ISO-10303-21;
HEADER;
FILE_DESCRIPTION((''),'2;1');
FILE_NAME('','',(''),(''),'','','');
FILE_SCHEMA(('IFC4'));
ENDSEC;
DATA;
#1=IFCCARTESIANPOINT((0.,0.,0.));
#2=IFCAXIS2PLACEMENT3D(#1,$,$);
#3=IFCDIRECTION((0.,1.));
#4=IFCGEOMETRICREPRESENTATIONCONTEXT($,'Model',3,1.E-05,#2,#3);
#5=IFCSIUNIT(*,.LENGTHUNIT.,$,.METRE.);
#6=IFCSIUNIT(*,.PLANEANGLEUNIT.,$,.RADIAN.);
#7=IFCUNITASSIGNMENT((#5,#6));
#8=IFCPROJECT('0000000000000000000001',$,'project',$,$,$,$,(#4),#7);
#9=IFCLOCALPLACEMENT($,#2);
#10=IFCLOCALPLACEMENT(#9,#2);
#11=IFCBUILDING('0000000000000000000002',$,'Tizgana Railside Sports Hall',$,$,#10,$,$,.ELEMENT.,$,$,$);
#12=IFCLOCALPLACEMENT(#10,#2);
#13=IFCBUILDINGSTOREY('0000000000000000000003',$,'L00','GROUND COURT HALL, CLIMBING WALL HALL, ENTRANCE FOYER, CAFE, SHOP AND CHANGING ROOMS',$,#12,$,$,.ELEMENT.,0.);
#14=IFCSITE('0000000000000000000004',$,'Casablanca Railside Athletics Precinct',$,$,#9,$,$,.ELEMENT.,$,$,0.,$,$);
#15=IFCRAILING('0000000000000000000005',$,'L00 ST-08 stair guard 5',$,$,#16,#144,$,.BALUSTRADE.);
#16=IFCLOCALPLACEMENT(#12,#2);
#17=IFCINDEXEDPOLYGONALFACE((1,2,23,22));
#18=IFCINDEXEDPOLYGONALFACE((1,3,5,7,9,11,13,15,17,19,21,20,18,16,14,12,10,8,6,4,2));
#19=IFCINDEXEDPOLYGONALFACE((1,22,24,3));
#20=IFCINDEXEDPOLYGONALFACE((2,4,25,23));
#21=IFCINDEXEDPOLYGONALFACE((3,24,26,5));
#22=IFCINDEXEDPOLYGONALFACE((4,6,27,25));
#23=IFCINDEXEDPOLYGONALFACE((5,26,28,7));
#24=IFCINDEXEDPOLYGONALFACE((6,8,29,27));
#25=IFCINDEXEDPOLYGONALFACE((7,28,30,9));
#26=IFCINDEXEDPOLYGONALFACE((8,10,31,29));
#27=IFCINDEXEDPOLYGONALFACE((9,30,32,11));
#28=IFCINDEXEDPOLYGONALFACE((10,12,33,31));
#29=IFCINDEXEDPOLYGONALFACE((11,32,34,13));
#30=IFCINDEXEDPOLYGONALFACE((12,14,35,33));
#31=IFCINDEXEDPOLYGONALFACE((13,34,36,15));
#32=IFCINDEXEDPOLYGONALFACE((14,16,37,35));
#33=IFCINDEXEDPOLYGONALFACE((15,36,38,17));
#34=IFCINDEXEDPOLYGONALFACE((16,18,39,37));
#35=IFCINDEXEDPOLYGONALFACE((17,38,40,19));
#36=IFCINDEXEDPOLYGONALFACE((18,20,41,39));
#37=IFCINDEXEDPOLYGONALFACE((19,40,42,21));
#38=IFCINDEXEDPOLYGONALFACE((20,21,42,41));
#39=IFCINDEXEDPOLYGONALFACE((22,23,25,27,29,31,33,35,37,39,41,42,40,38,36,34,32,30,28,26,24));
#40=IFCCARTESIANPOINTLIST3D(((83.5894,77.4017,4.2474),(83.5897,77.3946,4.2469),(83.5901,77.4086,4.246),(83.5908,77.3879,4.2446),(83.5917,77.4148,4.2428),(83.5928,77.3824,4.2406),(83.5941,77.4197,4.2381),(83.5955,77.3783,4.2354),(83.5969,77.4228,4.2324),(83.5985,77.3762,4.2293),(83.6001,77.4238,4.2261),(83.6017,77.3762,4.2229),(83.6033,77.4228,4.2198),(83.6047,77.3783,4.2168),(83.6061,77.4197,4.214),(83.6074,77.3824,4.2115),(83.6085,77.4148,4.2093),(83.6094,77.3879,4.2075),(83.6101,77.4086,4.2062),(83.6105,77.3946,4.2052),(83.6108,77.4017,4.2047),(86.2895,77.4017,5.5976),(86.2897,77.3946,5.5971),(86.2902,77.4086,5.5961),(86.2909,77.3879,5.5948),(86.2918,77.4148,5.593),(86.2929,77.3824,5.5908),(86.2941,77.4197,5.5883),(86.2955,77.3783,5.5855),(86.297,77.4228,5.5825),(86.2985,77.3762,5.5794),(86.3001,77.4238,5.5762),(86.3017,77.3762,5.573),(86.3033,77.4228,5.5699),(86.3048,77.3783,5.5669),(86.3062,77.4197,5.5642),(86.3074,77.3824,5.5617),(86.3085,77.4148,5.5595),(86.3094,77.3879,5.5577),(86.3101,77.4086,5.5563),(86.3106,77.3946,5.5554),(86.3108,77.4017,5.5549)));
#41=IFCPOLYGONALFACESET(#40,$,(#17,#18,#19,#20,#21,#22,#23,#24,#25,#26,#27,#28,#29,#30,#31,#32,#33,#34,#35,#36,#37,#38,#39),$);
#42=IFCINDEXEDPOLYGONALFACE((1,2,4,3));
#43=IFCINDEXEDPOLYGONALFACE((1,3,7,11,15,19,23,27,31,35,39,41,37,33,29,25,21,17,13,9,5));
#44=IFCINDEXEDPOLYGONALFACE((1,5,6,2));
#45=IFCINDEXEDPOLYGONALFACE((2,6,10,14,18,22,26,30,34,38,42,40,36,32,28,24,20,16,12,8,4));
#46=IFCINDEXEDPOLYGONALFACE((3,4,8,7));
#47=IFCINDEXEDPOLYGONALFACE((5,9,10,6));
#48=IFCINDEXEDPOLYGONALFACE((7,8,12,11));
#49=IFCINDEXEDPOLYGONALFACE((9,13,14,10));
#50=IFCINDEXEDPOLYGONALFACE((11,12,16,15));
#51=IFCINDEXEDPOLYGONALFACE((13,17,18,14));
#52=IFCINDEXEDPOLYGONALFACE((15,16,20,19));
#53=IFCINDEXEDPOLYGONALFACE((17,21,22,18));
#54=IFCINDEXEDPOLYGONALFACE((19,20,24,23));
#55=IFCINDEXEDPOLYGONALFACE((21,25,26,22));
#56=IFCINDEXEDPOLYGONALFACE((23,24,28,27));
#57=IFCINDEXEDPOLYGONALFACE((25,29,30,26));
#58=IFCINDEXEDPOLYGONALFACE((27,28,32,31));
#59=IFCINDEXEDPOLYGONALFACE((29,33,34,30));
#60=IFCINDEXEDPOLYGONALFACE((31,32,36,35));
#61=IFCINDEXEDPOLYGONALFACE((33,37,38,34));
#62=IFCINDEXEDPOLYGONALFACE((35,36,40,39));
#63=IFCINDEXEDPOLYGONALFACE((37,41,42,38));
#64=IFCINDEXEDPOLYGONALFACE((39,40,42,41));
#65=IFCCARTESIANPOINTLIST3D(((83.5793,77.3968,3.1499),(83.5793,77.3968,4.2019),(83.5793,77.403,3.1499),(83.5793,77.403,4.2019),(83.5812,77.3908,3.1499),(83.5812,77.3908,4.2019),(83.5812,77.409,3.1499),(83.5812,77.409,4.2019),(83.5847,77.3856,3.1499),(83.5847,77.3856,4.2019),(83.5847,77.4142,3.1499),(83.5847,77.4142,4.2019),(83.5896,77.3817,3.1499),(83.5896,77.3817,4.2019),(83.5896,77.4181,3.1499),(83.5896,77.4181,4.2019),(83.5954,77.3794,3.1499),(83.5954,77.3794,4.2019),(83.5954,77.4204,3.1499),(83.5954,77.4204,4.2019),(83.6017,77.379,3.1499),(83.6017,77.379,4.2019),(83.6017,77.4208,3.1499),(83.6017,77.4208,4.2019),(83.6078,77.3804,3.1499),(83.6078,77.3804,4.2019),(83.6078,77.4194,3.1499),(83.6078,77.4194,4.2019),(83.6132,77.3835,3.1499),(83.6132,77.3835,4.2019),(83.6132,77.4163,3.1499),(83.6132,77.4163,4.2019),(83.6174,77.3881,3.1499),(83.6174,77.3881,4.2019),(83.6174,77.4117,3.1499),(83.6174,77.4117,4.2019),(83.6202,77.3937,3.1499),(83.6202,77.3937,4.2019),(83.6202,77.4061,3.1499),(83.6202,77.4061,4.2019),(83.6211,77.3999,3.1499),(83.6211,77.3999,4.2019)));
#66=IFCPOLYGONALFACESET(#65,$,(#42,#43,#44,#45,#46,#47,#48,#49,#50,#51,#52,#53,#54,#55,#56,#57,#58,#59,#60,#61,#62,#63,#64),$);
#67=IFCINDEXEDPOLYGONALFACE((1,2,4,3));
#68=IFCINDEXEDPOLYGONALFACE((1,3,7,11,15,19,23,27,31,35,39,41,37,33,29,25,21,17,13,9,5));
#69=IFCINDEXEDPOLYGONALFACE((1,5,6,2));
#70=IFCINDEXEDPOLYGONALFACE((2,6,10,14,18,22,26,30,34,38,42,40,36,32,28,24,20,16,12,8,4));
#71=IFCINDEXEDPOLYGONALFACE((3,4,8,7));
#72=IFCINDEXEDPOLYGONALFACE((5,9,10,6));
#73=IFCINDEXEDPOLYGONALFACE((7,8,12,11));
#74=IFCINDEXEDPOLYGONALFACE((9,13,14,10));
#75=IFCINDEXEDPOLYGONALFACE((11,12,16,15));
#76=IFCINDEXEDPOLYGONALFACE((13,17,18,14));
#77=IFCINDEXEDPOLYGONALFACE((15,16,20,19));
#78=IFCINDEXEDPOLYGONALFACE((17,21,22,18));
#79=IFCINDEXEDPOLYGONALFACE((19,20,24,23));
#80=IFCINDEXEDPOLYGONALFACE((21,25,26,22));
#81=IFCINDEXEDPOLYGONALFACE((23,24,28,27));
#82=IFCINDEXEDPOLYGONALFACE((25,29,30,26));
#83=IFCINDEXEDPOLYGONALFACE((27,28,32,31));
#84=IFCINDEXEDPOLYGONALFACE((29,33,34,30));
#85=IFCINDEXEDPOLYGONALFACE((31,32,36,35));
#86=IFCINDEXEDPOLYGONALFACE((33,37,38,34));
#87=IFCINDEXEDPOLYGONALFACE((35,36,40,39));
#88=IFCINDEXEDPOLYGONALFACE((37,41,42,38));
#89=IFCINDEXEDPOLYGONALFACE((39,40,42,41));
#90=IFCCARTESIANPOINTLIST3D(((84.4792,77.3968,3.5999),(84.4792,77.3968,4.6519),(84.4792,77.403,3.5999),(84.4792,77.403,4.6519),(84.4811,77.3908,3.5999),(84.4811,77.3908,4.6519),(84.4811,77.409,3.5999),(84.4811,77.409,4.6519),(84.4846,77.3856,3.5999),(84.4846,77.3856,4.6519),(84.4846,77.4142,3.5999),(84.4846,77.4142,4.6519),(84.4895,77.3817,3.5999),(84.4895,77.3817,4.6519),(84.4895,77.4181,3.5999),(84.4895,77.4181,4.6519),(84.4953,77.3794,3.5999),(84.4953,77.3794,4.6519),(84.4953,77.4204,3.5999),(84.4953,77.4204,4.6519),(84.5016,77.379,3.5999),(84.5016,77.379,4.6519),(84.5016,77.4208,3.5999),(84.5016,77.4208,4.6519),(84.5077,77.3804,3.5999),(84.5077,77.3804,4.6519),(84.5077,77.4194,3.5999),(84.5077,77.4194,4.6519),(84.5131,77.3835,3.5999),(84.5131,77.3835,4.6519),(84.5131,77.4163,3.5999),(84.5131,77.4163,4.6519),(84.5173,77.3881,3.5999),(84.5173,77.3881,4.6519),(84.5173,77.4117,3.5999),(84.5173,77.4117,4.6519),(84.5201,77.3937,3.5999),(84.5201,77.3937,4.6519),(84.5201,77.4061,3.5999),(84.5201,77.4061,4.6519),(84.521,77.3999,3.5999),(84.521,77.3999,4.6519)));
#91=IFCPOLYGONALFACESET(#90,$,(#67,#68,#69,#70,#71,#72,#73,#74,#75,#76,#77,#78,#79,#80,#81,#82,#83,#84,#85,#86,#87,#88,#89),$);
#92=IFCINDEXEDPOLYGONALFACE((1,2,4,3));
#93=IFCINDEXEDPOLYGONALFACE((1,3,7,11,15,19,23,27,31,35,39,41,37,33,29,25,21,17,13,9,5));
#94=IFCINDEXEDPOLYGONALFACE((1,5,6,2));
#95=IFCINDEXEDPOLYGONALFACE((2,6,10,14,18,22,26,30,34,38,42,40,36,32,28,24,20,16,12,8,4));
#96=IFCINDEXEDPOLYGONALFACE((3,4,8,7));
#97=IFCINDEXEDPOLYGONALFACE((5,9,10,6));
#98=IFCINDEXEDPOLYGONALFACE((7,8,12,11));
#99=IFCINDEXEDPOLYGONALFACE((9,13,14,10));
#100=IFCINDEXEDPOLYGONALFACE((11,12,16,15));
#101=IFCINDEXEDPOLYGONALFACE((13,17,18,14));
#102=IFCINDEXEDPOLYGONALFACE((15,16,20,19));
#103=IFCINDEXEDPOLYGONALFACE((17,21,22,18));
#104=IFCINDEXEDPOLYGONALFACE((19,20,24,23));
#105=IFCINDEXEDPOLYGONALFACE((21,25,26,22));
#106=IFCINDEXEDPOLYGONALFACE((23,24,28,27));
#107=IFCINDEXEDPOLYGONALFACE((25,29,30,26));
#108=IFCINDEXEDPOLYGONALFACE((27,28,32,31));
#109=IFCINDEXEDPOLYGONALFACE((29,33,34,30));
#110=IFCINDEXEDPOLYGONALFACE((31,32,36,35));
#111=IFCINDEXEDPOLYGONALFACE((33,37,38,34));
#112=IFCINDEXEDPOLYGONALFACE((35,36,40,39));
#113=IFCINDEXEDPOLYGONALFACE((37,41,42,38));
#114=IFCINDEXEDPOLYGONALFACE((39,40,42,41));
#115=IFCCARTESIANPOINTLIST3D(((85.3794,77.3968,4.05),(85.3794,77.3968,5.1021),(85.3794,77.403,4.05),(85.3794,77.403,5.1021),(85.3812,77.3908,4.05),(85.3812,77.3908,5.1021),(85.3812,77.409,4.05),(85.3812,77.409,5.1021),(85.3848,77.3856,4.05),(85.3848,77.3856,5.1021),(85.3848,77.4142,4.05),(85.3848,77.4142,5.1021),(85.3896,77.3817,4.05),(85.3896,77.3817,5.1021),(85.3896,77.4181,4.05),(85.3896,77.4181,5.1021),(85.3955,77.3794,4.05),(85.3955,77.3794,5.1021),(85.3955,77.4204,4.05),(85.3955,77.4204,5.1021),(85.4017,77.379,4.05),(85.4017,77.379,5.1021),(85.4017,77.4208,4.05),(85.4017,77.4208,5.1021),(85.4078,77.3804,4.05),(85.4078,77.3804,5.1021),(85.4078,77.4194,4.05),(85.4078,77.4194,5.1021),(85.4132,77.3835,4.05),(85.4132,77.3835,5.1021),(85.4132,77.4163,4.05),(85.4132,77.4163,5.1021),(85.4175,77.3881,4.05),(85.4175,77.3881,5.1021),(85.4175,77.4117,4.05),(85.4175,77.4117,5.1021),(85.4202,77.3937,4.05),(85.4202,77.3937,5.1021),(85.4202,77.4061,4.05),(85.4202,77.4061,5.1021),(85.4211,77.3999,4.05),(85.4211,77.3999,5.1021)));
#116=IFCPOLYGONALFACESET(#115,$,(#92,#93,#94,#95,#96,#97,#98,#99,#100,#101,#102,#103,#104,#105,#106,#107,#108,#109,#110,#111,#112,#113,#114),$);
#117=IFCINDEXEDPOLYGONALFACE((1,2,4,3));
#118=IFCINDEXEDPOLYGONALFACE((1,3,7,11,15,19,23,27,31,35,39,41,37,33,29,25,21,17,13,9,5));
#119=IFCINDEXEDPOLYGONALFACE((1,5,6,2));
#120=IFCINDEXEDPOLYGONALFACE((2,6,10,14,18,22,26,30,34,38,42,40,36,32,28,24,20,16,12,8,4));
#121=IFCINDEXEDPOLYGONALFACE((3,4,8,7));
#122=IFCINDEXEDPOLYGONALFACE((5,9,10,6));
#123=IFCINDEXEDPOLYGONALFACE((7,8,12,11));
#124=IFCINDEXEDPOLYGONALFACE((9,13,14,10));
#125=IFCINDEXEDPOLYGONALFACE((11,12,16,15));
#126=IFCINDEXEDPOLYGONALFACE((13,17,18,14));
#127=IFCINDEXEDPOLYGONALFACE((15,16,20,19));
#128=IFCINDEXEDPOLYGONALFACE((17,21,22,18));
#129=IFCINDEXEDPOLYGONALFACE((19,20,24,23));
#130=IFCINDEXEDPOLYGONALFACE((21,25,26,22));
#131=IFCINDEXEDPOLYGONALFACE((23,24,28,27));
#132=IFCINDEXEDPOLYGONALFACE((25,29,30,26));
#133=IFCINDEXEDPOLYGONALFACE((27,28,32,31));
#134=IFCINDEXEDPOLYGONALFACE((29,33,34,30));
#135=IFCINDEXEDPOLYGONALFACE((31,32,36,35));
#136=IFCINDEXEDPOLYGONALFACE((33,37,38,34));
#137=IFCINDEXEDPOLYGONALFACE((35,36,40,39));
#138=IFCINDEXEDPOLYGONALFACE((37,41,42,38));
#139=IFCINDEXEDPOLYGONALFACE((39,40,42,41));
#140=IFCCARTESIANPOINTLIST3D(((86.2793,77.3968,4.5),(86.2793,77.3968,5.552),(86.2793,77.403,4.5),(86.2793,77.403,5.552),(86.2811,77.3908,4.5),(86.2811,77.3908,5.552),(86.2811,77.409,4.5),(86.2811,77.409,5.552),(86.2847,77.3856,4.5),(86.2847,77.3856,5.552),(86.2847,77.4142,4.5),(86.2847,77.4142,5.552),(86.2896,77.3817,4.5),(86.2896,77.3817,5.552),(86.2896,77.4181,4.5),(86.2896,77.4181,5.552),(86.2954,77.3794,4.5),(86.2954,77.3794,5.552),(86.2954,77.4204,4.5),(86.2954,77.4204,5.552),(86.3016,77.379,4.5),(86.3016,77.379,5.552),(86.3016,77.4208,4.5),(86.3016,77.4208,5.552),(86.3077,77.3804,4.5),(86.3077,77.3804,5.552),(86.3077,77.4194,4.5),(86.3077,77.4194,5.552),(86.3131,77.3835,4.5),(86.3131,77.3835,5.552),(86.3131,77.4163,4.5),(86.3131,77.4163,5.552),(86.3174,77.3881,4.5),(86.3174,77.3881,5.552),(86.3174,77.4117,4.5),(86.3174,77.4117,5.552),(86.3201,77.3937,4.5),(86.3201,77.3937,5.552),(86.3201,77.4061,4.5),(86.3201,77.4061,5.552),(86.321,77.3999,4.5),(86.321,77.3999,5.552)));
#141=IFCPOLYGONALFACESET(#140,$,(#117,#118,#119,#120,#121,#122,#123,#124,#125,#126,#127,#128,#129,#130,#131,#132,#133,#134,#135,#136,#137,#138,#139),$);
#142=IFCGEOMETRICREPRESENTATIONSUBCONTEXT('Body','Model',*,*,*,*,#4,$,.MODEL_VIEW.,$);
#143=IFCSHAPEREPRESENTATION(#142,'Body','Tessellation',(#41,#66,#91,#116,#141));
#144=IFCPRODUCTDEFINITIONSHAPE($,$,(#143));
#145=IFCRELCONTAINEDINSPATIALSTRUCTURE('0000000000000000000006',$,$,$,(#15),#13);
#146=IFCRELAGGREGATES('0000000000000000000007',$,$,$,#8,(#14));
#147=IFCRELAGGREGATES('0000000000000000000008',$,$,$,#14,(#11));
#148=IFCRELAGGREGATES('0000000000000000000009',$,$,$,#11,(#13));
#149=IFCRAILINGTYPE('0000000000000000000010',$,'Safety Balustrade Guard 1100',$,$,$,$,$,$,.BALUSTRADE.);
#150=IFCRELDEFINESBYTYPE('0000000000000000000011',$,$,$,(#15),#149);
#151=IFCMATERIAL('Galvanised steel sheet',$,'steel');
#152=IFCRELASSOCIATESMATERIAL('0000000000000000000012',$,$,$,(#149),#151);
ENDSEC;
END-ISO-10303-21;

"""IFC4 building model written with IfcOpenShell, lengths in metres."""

from ifc_helpers import new_model, si_unit, direction, frame, origin, origin_2d, place, context, subcontext, project, spatial, circle, extrude, material, type_object, element, save


model = new_model("IFC4")

# Units and contexts
model_context = context("Model", 3, precision=1e-05, world=origin(), true_north=direction((0.0, 1.0)))
body_context = subcontext(model_context, "Body", "Model", "MODEL_VIEW")
ifc_project = project(units=[si_unit("LENGTHUNIT", "METRE"), si_unit("PLANEANGLEUNIT", "RADIAN")], contexts=[model_context])

# Site, building, storey
site_placement = place(None, origin())
site = spatial("IfcSite", under=ifc_project, at=site_placement, Name="Casablanca Railside Athletics Precinct", CompositionType="ELEMENT", RefElevation=0.0)
building_placement = place(site_placement, origin())
building = spatial("IfcBuilding", under=site, at=building_placement, Name="Tizgana Railside Sports Hall", CompositionType="ELEMENT")
storey_placement = place(building_placement, origin())
storey = spatial("IfcBuildingStorey", under=building, at=storey_placement, Name="L00", Description="GROUND COURT HALL, CLIMBING WALL HALL, ENTRANCE FOYER, CAFE, SHOP AND CHANGING ROOMS", CompositionType="ELEMENT", Elevation=0.0)

# Shared definitions
ifc_material_1 = material(Name="Galvanised steel sheet", Category="steel")

# Railing
railing_type_1 = type_object("IfcRailingType", Name="Safety Balustrade Guard 1100", PredefinedType="BALUSTRADE", material=ifc_material_1)
railing_1_placement = place(storey_placement, frame((83.6001, 77.3999, 3.1499)))
element("IfcRailing", 1, at=railing_1_placement, inside=storey, type_object=railing_type_1, Name="L00 ST-08 stair guard 5", PredefinedType="BALUSTRADE", context=body_context, shape_type="SweptSolid", body=[
    extrude(circle(Radius=0.0239, at=origin_2d()), frame((0.0, 0.0, 1.0762), z_axis=(0.894411, 0.0, 0.447246), x_axis=(0.0, 1.0, 0.0)), (0.0, 0.0, 1.0), 3.0188),
    extrude(circle(Radius=0.021, at=origin_2d()), origin(), (0.0, 0.0, 1.0), 1.052),
    extrude(circle(Radius=0.021, at=origin_2d()), frame((0.8999, 0.0, 0.45)), (0.0, 0.0, 1.0), 1.052),
    extrude(circle(Radius=0.021, at=origin_2d()), frame((1.8, 0.0, 0.9001)), (0.0, 0.0, 1.0), 1.052),
    extrude(circle(Radius=0.021, at=origin_2d()), frame((2.7, 0.0, 1.3501)), (0.0, 0.0, 1.0), 1.052),
])

save(model, "model.ifc")
